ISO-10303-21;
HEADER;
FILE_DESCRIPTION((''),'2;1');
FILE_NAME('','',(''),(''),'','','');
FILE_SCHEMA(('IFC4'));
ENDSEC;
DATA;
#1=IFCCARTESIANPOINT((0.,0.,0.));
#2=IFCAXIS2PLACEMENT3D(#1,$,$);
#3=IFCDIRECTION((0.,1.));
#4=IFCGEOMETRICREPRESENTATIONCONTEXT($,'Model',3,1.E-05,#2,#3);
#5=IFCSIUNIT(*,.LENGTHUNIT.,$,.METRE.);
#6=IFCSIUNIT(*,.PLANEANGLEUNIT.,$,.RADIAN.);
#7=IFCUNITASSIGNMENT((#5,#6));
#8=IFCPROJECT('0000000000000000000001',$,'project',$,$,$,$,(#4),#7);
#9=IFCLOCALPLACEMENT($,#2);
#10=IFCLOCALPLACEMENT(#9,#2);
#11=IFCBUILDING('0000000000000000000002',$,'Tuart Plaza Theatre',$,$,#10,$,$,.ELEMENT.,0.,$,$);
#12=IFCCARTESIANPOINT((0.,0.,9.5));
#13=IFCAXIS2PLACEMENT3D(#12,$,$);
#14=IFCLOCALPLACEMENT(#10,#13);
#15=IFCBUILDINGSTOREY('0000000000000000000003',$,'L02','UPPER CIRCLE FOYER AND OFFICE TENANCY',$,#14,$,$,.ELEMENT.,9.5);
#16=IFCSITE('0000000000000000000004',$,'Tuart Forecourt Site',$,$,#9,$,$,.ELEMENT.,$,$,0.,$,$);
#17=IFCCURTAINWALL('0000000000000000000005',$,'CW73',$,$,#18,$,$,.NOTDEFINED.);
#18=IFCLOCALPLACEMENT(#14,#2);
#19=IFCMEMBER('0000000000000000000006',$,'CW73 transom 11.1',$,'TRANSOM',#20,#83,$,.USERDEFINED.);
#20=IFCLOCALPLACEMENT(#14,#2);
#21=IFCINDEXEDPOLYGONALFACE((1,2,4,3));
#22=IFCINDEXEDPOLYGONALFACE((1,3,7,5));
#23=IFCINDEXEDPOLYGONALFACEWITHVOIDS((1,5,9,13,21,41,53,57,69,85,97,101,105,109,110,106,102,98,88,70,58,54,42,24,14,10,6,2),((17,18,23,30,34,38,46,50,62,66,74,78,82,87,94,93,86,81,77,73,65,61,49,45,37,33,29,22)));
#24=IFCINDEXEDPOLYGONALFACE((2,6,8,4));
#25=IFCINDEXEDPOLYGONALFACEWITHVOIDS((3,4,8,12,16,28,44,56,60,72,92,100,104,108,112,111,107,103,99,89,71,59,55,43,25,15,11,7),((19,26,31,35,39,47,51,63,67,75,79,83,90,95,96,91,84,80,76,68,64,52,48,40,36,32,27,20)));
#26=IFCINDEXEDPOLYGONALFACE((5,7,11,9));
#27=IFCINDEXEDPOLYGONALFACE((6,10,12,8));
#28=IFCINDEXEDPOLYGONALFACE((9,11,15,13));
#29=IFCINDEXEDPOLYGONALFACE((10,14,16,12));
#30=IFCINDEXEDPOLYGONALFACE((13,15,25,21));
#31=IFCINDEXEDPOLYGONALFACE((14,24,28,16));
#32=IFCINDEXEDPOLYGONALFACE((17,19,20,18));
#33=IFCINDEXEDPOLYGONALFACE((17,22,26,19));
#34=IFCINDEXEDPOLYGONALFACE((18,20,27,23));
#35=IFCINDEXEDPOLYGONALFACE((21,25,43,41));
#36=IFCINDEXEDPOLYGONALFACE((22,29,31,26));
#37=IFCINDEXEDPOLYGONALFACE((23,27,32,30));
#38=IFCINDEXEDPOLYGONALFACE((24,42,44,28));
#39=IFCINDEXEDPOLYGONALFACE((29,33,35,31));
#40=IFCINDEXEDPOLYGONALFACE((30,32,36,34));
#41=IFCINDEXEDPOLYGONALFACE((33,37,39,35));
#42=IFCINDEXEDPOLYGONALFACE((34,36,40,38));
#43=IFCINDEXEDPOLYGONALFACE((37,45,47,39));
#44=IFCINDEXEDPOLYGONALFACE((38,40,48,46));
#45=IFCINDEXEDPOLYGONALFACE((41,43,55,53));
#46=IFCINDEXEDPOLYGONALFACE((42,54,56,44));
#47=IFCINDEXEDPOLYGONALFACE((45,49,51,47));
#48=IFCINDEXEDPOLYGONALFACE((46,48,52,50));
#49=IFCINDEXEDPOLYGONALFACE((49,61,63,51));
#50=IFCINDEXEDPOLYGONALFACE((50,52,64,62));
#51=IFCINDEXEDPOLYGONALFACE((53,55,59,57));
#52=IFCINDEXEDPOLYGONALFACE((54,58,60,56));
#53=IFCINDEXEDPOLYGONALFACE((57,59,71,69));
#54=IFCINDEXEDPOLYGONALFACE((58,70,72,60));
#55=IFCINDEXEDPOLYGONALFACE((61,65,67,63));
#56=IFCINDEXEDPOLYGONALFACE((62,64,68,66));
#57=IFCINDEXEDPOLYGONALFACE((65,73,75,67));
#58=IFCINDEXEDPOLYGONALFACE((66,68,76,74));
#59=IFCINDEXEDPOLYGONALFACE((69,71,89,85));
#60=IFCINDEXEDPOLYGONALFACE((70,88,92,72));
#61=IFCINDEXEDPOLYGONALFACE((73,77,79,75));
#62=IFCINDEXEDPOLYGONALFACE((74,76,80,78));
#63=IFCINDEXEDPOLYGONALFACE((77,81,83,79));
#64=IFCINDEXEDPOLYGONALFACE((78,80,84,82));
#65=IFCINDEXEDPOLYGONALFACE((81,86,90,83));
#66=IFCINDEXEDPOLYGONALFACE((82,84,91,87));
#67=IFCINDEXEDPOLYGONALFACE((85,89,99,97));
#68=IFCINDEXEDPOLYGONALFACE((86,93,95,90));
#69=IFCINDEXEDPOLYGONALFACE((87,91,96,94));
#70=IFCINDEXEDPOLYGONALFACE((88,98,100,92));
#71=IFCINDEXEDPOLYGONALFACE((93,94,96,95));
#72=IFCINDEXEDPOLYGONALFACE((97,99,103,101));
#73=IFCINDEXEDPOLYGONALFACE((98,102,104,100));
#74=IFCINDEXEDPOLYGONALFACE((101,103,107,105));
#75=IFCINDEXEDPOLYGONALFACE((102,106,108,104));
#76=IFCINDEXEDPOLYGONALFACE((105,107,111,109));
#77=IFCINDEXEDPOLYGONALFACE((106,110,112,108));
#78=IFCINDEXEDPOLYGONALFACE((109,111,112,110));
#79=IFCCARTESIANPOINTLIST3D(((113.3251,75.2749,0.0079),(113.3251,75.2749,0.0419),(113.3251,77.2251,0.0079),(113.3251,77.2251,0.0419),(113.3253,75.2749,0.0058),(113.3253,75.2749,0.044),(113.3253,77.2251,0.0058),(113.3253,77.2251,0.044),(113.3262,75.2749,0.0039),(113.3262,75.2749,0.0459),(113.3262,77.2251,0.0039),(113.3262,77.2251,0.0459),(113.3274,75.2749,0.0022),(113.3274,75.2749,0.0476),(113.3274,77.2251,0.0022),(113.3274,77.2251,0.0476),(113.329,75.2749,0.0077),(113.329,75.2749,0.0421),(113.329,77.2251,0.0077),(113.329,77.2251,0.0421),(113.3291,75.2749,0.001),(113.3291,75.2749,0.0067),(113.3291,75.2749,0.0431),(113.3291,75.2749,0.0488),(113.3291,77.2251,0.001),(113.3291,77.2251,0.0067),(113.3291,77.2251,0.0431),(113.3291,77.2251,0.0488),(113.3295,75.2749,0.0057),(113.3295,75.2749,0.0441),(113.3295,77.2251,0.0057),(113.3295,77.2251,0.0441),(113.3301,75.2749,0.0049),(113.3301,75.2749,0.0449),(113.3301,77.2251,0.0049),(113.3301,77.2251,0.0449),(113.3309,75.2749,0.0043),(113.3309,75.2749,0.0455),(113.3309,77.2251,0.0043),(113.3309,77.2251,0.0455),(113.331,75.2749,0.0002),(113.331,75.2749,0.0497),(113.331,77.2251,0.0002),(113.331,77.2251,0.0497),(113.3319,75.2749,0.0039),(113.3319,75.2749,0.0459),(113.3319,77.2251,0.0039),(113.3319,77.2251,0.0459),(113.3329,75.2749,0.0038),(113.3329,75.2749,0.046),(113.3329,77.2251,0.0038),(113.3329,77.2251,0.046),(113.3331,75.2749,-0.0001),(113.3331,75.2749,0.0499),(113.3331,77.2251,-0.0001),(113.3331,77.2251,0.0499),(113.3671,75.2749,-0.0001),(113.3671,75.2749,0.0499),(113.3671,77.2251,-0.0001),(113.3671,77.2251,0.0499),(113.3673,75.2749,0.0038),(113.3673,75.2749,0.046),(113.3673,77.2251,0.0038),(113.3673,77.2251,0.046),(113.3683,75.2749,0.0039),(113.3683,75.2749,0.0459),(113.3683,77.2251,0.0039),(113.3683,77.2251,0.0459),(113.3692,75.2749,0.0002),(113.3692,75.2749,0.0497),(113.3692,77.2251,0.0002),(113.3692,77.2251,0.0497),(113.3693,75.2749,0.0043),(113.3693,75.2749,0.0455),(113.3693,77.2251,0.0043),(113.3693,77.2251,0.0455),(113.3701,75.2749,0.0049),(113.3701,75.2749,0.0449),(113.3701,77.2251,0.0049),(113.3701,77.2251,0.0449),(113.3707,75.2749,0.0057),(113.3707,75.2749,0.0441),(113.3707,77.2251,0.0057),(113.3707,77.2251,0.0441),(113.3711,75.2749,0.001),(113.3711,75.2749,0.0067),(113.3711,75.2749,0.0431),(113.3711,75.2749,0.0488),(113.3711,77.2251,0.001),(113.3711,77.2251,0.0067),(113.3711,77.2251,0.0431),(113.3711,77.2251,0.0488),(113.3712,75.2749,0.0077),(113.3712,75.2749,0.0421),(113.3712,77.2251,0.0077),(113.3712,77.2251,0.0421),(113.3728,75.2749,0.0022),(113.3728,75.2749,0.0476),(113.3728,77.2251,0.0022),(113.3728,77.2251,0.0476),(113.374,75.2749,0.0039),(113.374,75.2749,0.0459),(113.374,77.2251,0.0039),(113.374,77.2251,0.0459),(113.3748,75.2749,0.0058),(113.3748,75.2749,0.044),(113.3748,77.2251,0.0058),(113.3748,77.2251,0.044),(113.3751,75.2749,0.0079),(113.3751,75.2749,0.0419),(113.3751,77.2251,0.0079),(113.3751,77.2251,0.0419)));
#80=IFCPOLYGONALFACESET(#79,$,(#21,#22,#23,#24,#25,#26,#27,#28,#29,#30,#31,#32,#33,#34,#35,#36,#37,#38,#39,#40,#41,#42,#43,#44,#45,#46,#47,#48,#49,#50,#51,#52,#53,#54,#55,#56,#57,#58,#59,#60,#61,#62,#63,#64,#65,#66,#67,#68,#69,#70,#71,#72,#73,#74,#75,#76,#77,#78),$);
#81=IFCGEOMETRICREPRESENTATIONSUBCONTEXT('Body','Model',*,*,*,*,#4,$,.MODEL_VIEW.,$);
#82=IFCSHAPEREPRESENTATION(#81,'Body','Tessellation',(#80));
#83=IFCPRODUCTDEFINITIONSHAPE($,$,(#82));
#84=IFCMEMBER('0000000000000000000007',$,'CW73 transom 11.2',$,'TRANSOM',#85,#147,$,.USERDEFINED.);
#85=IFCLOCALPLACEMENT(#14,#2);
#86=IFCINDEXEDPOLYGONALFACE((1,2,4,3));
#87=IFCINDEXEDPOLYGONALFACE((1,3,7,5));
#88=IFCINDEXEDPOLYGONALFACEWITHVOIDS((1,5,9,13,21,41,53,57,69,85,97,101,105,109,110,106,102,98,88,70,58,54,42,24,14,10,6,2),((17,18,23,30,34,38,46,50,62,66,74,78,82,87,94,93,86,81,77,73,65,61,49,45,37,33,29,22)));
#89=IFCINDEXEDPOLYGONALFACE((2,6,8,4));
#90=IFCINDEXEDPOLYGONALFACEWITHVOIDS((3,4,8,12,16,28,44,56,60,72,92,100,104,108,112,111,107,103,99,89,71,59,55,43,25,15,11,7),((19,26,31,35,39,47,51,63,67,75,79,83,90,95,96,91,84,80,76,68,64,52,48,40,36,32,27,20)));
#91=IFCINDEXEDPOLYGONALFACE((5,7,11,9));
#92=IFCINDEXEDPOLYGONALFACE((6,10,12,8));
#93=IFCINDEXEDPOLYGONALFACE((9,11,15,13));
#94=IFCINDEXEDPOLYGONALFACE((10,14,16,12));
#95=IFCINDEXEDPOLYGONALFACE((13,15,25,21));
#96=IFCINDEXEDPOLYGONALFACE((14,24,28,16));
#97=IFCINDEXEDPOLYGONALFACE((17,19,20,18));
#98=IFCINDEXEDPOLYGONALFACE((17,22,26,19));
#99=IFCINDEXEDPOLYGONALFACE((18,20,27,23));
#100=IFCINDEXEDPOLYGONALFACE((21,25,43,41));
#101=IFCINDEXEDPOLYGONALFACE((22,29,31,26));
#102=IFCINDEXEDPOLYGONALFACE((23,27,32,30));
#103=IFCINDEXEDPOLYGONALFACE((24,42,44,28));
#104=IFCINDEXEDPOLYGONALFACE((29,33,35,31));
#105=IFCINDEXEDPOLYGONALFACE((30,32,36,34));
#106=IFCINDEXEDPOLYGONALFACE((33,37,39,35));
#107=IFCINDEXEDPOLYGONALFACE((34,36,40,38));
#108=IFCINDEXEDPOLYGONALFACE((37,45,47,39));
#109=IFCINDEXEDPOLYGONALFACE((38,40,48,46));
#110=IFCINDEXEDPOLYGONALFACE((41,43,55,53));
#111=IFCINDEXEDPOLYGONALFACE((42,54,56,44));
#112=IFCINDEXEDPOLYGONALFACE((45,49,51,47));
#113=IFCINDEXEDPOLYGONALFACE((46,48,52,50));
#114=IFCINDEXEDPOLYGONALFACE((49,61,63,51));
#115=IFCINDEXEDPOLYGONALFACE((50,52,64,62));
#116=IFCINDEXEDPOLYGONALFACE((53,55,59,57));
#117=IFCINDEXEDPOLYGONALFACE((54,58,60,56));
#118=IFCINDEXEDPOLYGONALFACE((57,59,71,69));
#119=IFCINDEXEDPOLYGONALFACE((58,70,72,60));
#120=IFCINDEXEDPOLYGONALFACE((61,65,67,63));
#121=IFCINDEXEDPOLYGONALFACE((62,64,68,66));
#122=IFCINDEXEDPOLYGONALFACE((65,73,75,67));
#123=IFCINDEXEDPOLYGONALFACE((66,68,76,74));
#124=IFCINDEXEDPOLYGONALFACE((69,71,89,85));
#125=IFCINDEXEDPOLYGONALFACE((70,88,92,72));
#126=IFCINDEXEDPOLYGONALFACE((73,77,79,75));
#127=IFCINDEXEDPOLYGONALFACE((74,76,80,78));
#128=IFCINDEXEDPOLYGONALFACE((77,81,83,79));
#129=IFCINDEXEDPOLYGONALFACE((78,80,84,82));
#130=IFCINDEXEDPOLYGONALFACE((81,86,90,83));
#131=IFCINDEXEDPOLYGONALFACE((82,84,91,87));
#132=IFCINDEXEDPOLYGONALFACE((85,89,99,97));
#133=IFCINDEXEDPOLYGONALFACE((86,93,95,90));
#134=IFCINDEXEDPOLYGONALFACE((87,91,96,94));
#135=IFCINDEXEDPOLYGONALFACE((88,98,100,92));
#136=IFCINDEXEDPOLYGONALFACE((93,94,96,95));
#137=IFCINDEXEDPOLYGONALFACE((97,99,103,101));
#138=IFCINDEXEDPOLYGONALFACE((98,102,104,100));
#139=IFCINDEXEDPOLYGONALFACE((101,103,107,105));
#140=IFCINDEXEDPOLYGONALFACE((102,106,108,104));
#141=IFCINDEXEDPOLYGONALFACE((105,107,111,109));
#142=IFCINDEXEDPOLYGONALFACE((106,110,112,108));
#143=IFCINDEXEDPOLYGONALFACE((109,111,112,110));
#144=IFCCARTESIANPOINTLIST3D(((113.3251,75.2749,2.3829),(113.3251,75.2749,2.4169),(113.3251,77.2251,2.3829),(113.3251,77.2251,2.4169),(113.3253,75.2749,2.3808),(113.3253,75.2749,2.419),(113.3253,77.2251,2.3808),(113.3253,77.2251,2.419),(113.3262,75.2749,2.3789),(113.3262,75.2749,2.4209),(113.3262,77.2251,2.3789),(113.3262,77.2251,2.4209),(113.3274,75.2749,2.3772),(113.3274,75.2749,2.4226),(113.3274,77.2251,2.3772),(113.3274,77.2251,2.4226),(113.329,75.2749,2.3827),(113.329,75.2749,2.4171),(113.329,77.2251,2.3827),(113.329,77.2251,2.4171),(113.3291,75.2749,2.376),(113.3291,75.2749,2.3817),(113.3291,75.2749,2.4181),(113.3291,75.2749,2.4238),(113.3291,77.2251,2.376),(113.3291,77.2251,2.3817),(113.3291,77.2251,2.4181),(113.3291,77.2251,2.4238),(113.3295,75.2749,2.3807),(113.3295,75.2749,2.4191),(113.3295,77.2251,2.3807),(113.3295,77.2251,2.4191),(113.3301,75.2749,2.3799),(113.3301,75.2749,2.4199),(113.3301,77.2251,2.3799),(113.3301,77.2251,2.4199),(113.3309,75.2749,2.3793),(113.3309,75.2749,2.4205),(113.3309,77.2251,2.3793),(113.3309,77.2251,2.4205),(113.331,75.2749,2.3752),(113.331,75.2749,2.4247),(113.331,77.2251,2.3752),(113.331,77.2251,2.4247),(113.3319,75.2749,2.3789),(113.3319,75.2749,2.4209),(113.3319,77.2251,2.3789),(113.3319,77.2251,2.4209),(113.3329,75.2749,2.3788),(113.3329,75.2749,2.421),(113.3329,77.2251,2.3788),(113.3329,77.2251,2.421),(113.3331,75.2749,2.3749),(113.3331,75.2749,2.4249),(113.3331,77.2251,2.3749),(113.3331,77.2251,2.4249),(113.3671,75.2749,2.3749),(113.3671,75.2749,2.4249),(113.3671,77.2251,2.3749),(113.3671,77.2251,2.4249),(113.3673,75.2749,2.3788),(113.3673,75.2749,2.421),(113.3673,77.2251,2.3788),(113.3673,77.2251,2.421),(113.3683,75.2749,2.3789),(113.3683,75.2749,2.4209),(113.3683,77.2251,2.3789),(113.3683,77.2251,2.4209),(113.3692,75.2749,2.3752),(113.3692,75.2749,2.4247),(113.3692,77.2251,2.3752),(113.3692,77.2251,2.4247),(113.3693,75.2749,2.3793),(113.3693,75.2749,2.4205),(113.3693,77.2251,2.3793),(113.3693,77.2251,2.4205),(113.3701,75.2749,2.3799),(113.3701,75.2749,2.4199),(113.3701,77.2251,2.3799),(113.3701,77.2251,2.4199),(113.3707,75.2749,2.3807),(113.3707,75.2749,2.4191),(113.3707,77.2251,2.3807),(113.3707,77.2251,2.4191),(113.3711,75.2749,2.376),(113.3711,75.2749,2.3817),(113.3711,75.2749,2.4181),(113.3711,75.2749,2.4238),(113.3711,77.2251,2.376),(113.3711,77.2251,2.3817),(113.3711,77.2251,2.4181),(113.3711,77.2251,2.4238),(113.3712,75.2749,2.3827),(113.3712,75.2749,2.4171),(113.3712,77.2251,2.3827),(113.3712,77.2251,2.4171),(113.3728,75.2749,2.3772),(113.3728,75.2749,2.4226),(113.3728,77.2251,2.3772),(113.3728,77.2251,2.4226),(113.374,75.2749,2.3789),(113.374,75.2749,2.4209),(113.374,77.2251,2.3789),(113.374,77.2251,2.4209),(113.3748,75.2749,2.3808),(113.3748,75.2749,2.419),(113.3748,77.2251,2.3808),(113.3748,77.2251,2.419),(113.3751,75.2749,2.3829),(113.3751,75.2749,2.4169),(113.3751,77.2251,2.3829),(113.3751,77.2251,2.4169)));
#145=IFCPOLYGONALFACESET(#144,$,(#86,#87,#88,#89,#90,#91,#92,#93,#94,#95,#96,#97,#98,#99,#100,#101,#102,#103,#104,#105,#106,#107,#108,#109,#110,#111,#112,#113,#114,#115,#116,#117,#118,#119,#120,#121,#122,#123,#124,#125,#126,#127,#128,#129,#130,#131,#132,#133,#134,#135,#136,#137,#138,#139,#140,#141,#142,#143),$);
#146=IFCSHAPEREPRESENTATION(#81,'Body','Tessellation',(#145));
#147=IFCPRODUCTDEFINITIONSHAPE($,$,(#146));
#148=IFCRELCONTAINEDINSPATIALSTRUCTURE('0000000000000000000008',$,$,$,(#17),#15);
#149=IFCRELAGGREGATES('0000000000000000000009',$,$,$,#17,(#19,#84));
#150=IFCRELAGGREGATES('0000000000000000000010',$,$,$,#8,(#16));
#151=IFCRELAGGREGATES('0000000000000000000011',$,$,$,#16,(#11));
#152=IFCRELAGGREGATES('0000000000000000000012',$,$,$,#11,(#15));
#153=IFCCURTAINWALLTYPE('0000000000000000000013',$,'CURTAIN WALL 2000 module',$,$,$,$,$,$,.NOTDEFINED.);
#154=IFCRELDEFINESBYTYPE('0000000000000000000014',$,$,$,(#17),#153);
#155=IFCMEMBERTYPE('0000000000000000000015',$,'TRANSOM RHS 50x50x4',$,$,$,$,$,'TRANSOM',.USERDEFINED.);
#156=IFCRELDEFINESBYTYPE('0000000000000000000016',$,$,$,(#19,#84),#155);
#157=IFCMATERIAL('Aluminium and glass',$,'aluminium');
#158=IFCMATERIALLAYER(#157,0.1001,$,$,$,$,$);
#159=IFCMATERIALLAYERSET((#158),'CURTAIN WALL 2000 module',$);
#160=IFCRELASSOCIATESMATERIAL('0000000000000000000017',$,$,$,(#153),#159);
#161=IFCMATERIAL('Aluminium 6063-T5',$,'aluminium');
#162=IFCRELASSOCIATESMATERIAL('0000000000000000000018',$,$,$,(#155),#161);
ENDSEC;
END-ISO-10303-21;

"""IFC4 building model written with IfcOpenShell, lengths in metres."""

from ifc_helpers import new_model, si_unit, direction, frame, origin, origin_2d, place, context, subcontext, project, spatial, hollow_rectangle, extrude, material, layer, layer_set, material_profile, profile_set, type_object, element, aggregate, save


model = new_model("IFC4")

# Units and contexts
model_context = context("Model", 3, precision=1e-05, world=origin(), true_north=direction((0.0, 1.0)))
body_context = subcontext(model_context, "Body", "Model", "MODEL_VIEW")
ifc_project = project(units=[si_unit("LENGTHUNIT", "METRE"), si_unit("PLANEANGLEUNIT", "RADIAN")], contexts=[model_context])

# Site, building, storey
site_placement = place(None, origin())
site = spatial("IfcSite", under=ifc_project, at=site_placement, Name="Tuart Forecourt Site", CompositionType="ELEMENT", RefElevation=0.0)
building_placement = place(site_placement, origin())
building = spatial("IfcBuilding", under=site, at=building_placement, Name="Tuart Plaza Theatre", CompositionType="ELEMENT", ElevationOfRefHeight=0.0)
storey_placement = place(building_placement, frame((0.0, 0.0, 9.5)))
storey = spatial("IfcBuildingStorey", under=building, at=storey_placement, Name="L02", Description="UPPER CIRCLE FOYER AND OFFICE TENANCY", CompositionType="ELEMENT", Elevation=9.5)

# Curtain wall, members
ifc_material_1 = material(Name="Aluminium and glass", Category="aluminium")
ifc_layer_1 = layer(ifc_material_1, 0.1001)
ifc_layer_set_1 = layer_set([ifc_layer_1], Name="CURTAIN WALL 2000 module")
curtain_wall_type = type_object("IfcCurtainWallType", Name="CURTAIN WALL 2000 module", PredefinedType="NOTDEFINED", material=ifc_layer_set_1)
curtain_wall_placement = place(storey_placement, origin())
curtain_wall = element("IfcCurtainWall", 1, at=curtain_wall_placement, inside=storey, type_object=curtain_wall_type, Name="CW73", PredefinedType="NOTDEFINED")
ifc_material_2 = material(Name="Aluminium 6063-T5", Category="aluminium")
ifc_material_profile_1 = material_profile(ifc_material_2, hollow_rectangle(XDim=0.05, YDim=0.05, WallThickness=0.0039, InnerFilletRadius=0.0039, OuterFilletRadius=0.0081, at=origin_2d()), Name="RHS 50x50x4")
ifc_profile_set_1 = profile_set([ifc_material_profile_1], Name="Aluminium 6063-T5")
member_type_1 = type_object("IfcMemberType", Name="TRANSOM RHS 50x50x4", ElementType="TRANSOM", PredefinedType="USERDEFINED", material=ifc_profile_set_1)
member_1_placement = place(storey_placement, frame((113.3501, 77.2251, 0.0249), z_axis=(0.0, -1.0, 0.0), x_axis=(1.0, 0.0, 0.0)))
member_1 = element("IfcMember", 2, at=member_1_placement, type_object=member_type_1, Name="CW73 transom 11.1", ObjectType="TRANSOM", PredefinedType="USERDEFINED", context=body_context, shape_type="SweptSolid", body=[
    extrude(hollow_rectangle(XDim=0.05, YDim=0.05, WallThickness=0.0039, InnerFilletRadius=0.0039, OuterFilletRadius=0.0081, at=origin_2d()), origin(), (0.0, 0.0, 1.0), 1.9502),
])
member_2_placement = place(storey_placement, frame((113.3501, 77.2251, 2.3999), z_axis=(0.0, -1.0, 0.0), x_axis=(1.0, 0.0, 0.0)))
member_2 = element("IfcMember", 3, at=member_2_placement, type_object=member_type_1, Name="CW73 transom 11.2", ObjectType="TRANSOM", PredefinedType="USERDEFINED", context=body_context, shape_type="SweptSolid", body=[
    extrude(hollow_rectangle(XDim=0.05, YDim=0.05, WallThickness=0.0039, InnerFilletRadius=0.0039, OuterFilletRadius=0.0081, at=origin_2d()), origin(), (0.0, 0.0, 1.0), 1.9502),
])
aggregate(curtain_wall, [member_1, member_2])

save(model, "model.ifc")
